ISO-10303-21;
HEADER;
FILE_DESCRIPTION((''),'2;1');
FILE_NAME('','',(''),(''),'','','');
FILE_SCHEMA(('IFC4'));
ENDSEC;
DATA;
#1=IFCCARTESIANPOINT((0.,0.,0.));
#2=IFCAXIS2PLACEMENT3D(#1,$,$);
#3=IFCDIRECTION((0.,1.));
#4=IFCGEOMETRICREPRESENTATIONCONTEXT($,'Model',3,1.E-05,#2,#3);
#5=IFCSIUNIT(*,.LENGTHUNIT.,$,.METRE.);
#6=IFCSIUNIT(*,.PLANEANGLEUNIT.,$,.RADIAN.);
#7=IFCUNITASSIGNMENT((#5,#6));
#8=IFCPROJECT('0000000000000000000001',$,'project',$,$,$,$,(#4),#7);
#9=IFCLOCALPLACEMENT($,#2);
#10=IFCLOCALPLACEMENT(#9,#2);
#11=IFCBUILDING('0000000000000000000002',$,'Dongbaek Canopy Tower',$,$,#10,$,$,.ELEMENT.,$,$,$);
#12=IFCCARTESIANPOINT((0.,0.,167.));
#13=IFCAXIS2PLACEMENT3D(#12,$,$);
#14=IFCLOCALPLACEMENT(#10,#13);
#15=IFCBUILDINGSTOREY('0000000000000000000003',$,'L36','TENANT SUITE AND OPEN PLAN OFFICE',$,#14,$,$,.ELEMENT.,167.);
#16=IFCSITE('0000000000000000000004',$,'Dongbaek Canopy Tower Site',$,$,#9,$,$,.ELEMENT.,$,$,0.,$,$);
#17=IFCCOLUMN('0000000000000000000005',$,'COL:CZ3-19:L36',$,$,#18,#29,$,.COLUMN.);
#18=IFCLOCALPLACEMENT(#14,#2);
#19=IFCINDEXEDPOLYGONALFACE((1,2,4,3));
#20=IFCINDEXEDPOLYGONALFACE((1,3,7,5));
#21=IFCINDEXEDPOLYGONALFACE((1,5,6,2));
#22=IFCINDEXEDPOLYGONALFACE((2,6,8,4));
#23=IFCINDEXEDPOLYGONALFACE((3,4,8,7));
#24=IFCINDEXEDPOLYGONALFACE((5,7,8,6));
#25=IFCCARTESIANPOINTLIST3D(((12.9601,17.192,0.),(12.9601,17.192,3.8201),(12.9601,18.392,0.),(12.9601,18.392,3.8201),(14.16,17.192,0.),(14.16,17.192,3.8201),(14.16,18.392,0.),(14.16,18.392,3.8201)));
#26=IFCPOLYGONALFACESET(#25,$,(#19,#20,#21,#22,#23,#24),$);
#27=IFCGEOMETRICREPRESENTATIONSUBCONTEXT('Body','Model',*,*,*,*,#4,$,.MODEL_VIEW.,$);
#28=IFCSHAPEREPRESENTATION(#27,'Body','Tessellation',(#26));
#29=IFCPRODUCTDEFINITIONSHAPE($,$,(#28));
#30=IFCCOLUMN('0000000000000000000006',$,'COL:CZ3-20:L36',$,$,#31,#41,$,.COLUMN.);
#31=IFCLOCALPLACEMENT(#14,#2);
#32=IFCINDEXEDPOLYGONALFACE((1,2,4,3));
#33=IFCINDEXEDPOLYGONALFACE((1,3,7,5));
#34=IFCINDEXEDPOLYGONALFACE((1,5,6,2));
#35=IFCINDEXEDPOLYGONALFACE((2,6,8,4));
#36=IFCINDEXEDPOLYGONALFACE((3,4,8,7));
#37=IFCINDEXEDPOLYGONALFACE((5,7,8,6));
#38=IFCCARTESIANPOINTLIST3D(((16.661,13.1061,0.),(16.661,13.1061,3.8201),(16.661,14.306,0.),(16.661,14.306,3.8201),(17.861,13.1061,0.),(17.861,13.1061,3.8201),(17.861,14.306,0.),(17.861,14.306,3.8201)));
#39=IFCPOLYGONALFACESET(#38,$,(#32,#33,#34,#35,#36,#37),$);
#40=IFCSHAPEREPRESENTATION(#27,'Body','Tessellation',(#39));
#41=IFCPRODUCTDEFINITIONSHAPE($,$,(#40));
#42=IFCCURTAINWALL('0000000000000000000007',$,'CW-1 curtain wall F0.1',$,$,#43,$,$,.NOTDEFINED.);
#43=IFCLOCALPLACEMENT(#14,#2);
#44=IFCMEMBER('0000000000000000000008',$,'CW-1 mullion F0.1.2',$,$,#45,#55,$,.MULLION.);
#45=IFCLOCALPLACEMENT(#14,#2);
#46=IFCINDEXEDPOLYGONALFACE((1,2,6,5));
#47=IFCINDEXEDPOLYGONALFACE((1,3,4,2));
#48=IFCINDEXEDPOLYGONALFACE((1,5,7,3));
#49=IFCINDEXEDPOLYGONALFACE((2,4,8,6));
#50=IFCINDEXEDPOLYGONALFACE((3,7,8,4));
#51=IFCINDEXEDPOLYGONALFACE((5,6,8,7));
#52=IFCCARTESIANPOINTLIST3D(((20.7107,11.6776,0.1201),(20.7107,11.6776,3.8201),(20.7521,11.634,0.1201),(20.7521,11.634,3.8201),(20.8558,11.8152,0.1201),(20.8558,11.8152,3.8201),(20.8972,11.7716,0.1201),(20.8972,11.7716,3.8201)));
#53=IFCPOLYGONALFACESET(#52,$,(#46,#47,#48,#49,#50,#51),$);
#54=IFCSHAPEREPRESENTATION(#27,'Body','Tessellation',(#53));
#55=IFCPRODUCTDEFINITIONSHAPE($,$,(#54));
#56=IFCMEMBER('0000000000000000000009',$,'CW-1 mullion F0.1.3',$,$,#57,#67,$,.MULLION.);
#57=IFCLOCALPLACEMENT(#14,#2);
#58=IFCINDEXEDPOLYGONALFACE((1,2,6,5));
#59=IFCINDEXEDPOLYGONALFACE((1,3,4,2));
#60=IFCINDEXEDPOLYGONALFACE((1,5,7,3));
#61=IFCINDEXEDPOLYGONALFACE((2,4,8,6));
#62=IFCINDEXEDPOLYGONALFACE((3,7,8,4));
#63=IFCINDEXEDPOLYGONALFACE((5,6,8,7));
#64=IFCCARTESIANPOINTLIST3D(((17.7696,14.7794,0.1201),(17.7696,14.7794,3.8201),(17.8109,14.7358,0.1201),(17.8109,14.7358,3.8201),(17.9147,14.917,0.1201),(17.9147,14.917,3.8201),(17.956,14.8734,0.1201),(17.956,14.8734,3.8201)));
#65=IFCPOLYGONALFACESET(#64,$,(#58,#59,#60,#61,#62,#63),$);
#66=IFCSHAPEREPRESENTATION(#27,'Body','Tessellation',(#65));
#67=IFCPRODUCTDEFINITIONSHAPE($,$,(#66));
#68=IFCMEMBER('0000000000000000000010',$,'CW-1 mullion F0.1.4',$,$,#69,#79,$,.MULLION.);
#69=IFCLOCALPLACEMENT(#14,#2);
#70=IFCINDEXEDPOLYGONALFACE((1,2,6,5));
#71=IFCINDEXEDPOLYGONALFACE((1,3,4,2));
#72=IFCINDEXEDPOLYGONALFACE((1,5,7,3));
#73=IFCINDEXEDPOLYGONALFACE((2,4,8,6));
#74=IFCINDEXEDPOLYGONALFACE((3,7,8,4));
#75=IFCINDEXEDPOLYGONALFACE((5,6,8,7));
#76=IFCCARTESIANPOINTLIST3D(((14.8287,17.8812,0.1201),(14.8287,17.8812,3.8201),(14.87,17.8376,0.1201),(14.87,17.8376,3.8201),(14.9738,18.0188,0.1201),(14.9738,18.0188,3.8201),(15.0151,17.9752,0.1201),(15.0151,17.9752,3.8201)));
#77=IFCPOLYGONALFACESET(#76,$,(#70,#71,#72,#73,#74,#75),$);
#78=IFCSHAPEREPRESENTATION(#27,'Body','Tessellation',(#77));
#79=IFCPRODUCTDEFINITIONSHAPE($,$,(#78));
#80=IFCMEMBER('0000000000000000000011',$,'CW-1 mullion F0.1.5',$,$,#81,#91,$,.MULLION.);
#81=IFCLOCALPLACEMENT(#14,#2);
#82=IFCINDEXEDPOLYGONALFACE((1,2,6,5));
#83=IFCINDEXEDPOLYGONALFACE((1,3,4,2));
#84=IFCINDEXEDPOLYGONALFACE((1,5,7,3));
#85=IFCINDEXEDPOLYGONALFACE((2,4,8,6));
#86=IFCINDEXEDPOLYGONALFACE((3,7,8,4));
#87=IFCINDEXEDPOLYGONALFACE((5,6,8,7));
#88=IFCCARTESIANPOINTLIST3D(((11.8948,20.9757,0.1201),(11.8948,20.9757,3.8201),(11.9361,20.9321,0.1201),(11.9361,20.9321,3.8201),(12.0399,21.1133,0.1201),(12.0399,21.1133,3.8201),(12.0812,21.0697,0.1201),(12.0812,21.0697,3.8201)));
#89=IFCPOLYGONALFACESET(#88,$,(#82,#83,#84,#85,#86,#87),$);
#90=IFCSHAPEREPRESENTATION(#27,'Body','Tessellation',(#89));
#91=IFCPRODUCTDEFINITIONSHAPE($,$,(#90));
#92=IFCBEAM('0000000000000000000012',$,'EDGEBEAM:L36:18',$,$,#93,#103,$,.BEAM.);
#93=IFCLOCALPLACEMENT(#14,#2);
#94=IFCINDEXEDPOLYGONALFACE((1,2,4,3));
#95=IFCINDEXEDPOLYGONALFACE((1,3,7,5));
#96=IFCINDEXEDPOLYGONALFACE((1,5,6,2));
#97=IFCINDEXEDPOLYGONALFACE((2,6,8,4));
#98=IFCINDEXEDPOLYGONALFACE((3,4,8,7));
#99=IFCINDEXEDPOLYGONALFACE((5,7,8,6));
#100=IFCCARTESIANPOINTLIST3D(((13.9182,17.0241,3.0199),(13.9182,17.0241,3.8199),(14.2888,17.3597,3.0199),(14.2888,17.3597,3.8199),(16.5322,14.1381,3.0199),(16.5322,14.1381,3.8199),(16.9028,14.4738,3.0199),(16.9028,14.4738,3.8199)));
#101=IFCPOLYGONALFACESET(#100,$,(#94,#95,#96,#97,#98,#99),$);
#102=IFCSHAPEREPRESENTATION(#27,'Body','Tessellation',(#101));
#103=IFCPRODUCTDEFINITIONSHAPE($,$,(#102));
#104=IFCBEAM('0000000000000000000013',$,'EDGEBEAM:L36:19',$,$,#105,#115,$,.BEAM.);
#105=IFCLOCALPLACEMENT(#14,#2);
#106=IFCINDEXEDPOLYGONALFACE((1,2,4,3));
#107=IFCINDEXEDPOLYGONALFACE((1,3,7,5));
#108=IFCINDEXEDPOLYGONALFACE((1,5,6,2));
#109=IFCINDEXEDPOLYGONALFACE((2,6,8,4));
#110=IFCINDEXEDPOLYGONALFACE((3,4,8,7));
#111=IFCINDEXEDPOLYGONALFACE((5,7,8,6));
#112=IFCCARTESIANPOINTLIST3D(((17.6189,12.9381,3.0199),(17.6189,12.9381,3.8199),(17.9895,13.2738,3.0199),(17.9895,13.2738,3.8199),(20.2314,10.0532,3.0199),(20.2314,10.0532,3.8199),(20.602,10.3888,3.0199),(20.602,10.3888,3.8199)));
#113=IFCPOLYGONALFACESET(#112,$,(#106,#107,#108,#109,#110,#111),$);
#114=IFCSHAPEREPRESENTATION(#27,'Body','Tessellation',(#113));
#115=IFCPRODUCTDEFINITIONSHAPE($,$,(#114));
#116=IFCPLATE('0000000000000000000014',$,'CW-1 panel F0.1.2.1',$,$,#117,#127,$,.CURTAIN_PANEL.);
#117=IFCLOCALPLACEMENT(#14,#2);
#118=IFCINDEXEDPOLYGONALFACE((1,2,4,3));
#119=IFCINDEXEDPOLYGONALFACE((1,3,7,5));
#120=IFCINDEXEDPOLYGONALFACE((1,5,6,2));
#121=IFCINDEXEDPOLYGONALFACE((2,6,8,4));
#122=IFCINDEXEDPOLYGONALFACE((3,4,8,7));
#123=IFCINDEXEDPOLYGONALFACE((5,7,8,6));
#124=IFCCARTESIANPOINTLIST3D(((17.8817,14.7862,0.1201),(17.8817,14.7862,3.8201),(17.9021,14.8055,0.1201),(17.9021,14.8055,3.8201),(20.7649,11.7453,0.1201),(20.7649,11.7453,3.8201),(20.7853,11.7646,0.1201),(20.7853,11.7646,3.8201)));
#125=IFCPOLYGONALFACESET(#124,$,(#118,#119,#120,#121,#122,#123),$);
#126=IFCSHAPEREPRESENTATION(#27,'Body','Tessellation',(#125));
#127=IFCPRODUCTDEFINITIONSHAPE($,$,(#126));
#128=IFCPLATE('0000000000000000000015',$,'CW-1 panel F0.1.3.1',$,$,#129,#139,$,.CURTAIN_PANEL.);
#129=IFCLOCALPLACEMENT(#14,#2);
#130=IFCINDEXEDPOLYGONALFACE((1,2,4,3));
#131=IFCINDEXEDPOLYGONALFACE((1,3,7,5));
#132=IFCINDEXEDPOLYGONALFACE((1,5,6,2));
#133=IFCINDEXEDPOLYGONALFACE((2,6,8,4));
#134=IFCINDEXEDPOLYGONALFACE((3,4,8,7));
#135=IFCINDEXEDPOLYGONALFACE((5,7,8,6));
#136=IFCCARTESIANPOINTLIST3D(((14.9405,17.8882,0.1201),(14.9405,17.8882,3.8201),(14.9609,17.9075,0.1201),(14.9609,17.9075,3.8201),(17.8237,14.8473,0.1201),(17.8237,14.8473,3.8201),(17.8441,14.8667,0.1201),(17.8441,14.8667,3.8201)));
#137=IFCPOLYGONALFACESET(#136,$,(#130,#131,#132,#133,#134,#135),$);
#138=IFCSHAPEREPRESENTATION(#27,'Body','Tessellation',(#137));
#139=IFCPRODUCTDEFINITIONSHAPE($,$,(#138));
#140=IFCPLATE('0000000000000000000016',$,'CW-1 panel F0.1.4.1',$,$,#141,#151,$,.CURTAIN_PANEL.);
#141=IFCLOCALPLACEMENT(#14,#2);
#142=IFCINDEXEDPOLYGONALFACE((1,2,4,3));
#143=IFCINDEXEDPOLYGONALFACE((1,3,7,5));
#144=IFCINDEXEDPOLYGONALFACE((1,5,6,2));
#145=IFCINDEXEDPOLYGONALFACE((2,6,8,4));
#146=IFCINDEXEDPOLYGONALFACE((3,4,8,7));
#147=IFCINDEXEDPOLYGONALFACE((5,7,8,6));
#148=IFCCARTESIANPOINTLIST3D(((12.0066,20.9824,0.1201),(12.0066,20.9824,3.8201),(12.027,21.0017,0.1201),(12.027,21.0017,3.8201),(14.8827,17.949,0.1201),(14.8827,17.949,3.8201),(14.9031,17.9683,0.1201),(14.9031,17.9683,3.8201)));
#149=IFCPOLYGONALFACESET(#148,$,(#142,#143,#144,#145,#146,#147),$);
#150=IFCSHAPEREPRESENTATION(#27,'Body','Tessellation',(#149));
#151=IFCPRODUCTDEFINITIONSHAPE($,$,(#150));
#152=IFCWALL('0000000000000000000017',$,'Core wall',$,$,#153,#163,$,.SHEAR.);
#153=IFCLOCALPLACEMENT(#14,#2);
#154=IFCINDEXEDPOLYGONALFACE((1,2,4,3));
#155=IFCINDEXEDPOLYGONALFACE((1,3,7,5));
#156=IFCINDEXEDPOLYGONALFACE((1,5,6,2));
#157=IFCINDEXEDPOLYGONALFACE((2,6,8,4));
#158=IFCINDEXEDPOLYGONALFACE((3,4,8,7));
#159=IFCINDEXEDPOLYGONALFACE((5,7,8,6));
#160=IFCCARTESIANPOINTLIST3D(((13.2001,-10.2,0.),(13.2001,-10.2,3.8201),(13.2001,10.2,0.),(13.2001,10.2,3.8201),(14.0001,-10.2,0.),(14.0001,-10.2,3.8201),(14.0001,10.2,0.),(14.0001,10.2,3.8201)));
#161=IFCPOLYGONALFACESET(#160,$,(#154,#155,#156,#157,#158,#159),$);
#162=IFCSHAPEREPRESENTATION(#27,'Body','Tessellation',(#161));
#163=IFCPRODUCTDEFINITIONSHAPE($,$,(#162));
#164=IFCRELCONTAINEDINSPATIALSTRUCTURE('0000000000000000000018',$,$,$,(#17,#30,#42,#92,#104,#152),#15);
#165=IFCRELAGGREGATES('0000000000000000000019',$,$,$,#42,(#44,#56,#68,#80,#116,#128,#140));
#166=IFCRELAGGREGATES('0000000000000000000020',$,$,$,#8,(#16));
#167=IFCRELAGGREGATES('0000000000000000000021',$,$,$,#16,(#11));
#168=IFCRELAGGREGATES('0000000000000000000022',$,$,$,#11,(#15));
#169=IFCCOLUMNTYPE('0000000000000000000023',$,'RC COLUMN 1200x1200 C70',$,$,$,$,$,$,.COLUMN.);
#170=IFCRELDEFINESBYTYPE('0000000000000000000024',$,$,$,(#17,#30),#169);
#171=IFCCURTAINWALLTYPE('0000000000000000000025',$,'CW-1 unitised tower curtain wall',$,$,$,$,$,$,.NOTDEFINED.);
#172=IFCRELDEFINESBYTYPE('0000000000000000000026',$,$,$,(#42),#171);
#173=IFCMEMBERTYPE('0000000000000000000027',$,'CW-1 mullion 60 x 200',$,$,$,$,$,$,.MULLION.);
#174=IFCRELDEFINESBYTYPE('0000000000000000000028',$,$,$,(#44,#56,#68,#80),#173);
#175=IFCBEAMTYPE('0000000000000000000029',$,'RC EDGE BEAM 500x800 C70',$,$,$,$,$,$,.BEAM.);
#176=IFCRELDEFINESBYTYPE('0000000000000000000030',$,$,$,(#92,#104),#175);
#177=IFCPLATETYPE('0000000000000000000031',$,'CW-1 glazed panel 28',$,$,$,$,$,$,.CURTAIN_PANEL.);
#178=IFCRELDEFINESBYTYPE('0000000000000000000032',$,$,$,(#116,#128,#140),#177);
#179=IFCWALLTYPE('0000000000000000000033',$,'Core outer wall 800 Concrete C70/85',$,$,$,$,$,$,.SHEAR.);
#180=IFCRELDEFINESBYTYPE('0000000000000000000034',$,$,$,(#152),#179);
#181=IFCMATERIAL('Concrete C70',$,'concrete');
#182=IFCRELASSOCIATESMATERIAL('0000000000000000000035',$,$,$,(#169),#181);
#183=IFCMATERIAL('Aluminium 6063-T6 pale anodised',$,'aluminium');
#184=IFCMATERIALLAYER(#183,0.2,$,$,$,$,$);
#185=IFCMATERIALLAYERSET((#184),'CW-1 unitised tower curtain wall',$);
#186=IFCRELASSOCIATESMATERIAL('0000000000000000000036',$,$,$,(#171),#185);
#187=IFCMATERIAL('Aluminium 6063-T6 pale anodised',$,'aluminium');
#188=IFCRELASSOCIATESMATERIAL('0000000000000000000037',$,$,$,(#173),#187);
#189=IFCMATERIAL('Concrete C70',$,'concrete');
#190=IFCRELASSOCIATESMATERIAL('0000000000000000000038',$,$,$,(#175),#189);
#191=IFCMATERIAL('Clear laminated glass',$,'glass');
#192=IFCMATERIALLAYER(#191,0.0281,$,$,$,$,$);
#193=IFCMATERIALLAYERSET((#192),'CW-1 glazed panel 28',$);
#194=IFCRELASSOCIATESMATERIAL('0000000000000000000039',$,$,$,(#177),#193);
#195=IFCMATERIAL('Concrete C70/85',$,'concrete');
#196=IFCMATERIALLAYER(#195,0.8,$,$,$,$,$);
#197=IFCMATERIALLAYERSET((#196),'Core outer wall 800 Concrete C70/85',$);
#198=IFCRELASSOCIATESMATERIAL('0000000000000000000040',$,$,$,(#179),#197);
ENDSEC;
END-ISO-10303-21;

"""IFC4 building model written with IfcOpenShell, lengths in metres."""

from ifc_helpers import new_model, si_unit, direction, frame, frame_2d, origin, origin_2d, place, context, subcontext, project, spatial, rectangle, extrude, material, layer, layer_set, material_profile, profile_set, type_object, element, aggregate, save


model = new_model("IFC4")

# Units and contexts
model_context = context("Model", 3, precision=1e-05, world=origin(), true_north=direction((0.0, 1.0)))
body_context = subcontext(model_context, "Body", "Model", "MODEL_VIEW")
ifc_project = project(units=[si_unit("LENGTHUNIT", "METRE"), si_unit("PLANEANGLEUNIT", "RADIAN")], contexts=[model_context])

# Site, building, storey
site_placement = place(None, origin())
site = spatial("IfcSite", under=ifc_project, at=site_placement, Name="Dongbaek Canopy Tower Site", CompositionType="ELEMENT", RefElevation=0.0)
building_placement = place(site_placement, origin())
building = spatial("IfcBuilding", under=site, at=building_placement, Name="Dongbaek Canopy Tower", CompositionType="ELEMENT")
storey_placement = place(building_placement, frame((0.0, 0.0, 167.0)))
storey = spatial("IfcBuildingStorey", under=building, at=storey_placement, Name="L36", Description="TENANT SUITE AND OPEN PLAN OFFICE", CompositionType="ELEMENT", Elevation=167.0)

# Columns
ifc_material_1 = material(Name="Concrete C70", Category="concrete")
ifc_material_profile_1 = material_profile(ifc_material_1, rectangle(XDim=1.2, YDim=1.2, at=origin_2d()), Name="RC COLUMN 1200x1200 C70")
ifc_profile_set_1 = profile_set([ifc_material_profile_1], Name="Concrete C70")
column_type = type_object("IfcColumnType", Name="RC COLUMN 1200x1200 C70", PredefinedType="COLUMN", material=ifc_profile_set_1)
for number, where, z_axis, x_axis, name in (
    (1, (13.5601, 17.792, 0.0), (0.0, 0.0, 1.0), (1.0, 0.0, 0.0), "COL:CZ3-19:L36"),
    (2, (17.261, 13.7061, 0.0), (0.0, 0.0, 1.0), (1.0, 0.0, 0.0), "COL:CZ3-20:L36"),
):
    element("IfcColumn", number, at=place(storey_placement, frame(where, z_axis=z_axis, x_axis=x_axis)), inside=storey, type_object=column_type, Name=name, PredefinedType="COLUMN", context=body_context, shape_type="SweptSolid", body=[
        extrude(rectangle(XDim=1.2, YDim=1.2, at=origin_2d()), origin(), (0.0, 0.0, 1.0), 3.8201),
    ])

# Curtain wall, members
ifc_material_2 = material(Name="Aluminium 6063-T6 pale anodised", Category="aluminium")
ifc_layer_1 = layer(ifc_material_2, 0.2)
ifc_layer_set_1 = layer_set([ifc_layer_1], Name="CW-1 unitised tower curtain wall")
curtain_wall_type = type_object("IfcCurtainWallType", Name="CW-1 unitised tower curtain wall", PredefinedType="NOTDEFINED", material=ifc_layer_set_1)
curtain_wall_placement = place(storey_placement, origin())
curtain_wall = element("IfcCurtainWall", 3, at=curtain_wall_placement, inside=storey, type_object=curtain_wall_type, Name="CW-1 curtain wall F0.1", PredefinedType="NOTDEFINED")
ifc_material_3 = material(Name="Aluminium 6063-T6 pale anodised", Category="aluminium")
ifc_material_profile_2 = material_profile(ifc_material_3, rectangle(XDim=0.2, YDim=0.0601, at=origin_2d()), Name="CW-1 mullion 60 x 200")
ifc_profile_set_2 = profile_set([ifc_material_profile_2], Name="Aluminium 6063-T6 pale anodised")
member_type = type_object("IfcMemberType", Name="CW-1 mullion 60 x 200", PredefinedType="MULLION", material=ifc_profile_set_2)
member_1_placement = place(storey_placement, frame((20.804, 11.7246, 0.1201), z_axis=(0.0, 0.0, 1.0), x_axis=(0.72567, 0.688043, 0.0)))
member_1 = element("IfcMember", 4, at=member_1_placement, type_object=member_type, Name="CW-1 mullion F0.1.2", PredefinedType="MULLION", context=body_context, shape_type="SweptSolid", body=[
    extrude(rectangle(XDim=0.2, YDim=0.0601, at=origin_2d()), origin(), (0.0, 0.0, 1.0), 3.7),
])
member_2_placement = place(storey_placement, frame((17.8628, 14.8264, 0.1201), z_axis=(0.0, 0.0, 1.0), x_axis=(0.72567, 0.688043, 0.0)))
member_2 = element("IfcMember", 5, at=member_2_placement, type_object=member_type, Name="CW-1 mullion F0.1.3", PredefinedType="MULLION", context=body_context, shape_type="SweptSolid", body=[
    extrude(rectangle(XDim=0.2, YDim=0.0601, at=origin_2d()), origin(), (0.0, 0.0, 1.0), 3.7),
])
member_3_placement = place(storey_placement, frame((14.9219, 17.9282, 0.1201), z_axis=(0.0, 0.0, 1.0), x_axis=(0.72567, 0.688043, 0.0)))
member_3 = element("IfcMember", 6, at=member_3_placement, type_object=member_type, Name="CW-1 mullion F0.1.4", PredefinedType="MULLION", context=body_context, shape_type="SweptSolid", body=[
    extrude(rectangle(XDim=0.2, YDim=0.0601, at=origin_2d()), origin(), (0.0, 0.0, 1.0), 3.7),
])
member_4_placement = place(storey_placement, frame((11.988, 21.0227, 0.1201), z_axis=(0.0, 0.0, 1.0), x_axis=(0.72567, 0.688043, 0.0)))
member_4 = element("IfcMember", 7, at=member_4_placement, type_object=member_type, Name="CW-1 mullion F0.1.5", PredefinedType="MULLION", context=body_context, shape_type="SweptSolid", body=[
    extrude(rectangle(XDim=0.2, YDim=0.0601, at=origin_2d()), origin(), (0.0, 0.0, 1.0), 3.7),
])

# Beams
ifc_material_4 = material(Name="Concrete C70", Category="concrete")
ifc_material_profile_3 = material_profile(ifc_material_4, rectangle(XDim=0.5, YDim=0.8, at=origin_2d()), Name="RC EDGE BEAM 500x800 C70")
ifc_profile_set_3 = profile_set([ifc_material_profile_3], Name="Concrete C70")
beam_type = type_object("IfcBeamType", Name="RC EDGE BEAM 500x800 C70", PredefinedType="BEAM", material=ifc_profile_set_3)
beam_1_placement = place(storey_placement, frame((14.1035, 17.1919, 3.4199), z_axis=(0.67132, -0.741167, 0.0), x_axis=(0.741167, 0.67132, 0.0)))
element("IfcBeam", 8, at=beam_1_placement, inside=storey, type_object=beam_type, Name="EDGEBEAM:L36:18", PredefinedType="BEAM", context=body_context, shape_type="SweptSolid", body=[
    extrude(rectangle(XDim=0.5, YDim=0.8, at=origin_2d()), origin(), (0.0, 0.0, 1.0), 3.8938),
])
beam_2_placement = place(storey_placement, frame((17.8042, 13.106, 3.4199), z_axis=(0.671238, -0.741241, 0.0), x_axis=(0.741241, 0.671238, 0.0)))
element("IfcBeam", 9, at=beam_2_placement, inside=storey, type_object=beam_type, Name="EDGEBEAM:L36:19", PredefinedType="BEAM", context=body_context, shape_type="SweptSolid", body=[
    extrude(rectangle(XDim=0.5, YDim=0.8, at=origin_2d()), origin(), (0.0, 0.0, 1.0), 3.8921),
])

# Plates
ifc_material_5 = material(Name="Clear laminated glass", Category="glass")
ifc_layer_2 = layer(ifc_material_5, 0.0281)
ifc_layer_set_2 = layer_set([ifc_layer_2], Name="CW-1 glazed panel 28")
plate_type = type_object("IfcPlateType", Name="CW-1 glazed panel 28", PredefinedType="CURTAIN_PANEL", material=ifc_layer_set_2)
plate_1_placement = place(storey_placement, frame((19.3335, 13.2754, 0.1201), z_axis=(0.0, 0.0, 1.0), x_axis=(-0.688043, 0.72567, 0.0)))
plate_1 = element("IfcPlate", 10, at=plate_1_placement, type_object=plate_type, Name="CW-1 panel F0.1.2.1", PredefinedType="CURTAIN_PANEL", context=body_context, shape_type="SweptSolid", body=[
    extrude(rectangle(XDim=4.1904, YDim=0.0281, at=origin_2d()), origin(), (0.0, 0.0, 1.0), 3.7),
])
plate_2_placement = place(storey_placement, frame((16.3923, 16.3774, 0.1201), z_axis=(0.0, 0.0, 1.0), x_axis=(-0.688043, 0.72567, 0.0)))
plate_2 = element("IfcPlate", 11, at=plate_2_placement, type_object=plate_type, Name="CW-1 panel F0.1.3.1", PredefinedType="CURTAIN_PANEL", context=body_context, shape_type="SweptSolid", body=[
    extrude(rectangle(XDim=4.1904, YDim=0.0281, at=origin_2d()), origin(), (0.0, 0.0, 1.0), 3.7),
])
plate_3_placement = place(storey_placement, frame((13.4548, 19.4753, 0.1201), z_axis=(0.0, 0.0, 1.0), x_axis=(-0.688043, 0.72567, 0.0)))
plate_3 = element("IfcPlate", 12, at=plate_3_placement, type_object=plate_type, Name="CW-1 panel F0.1.4.1", PredefinedType="CURTAIN_PANEL", context=body_context, shape_type="SweptSolid", body=[
    extrude(rectangle(XDim=4.1802, YDim=0.0281, at=origin_2d()), origin(), (0.0, 0.0, 1.0), 3.7),
])

# Wall
ifc_material_6 = material(Name="Concrete C70/85", Category="concrete")
ifc_layer_3 = layer(ifc_material_6, 0.8)
ifc_layer_set_3 = layer_set([ifc_layer_3], Name="Core outer wall 800 Concrete C70/85")
wall_type_1 = type_object("IfcWallType", Name="Core outer wall 800 Concrete C70/85", PredefinedType="SHEAR", material=ifc_layer_set_3)
wall_1_placement = place(storey_placement, frame((13.6001, 10.2, 0.0), z_axis=(0.0, 0.0, 1.0), x_axis=(0.0, -1.0, 0.0)))
element("IfcWall", 13, at=wall_1_placement, inside=storey, type_object=wall_type_1, Name="Core wall", PredefinedType="SHEAR", context=body_context, shape_type="SweptSolid", body=[
    extrude(rectangle(XDim=20.3999, YDim=0.8, at=frame_2d((10.2, 0.0))), origin(), (0.0, 0.0, 1.0), 3.8201),
])

aggregate(curtain_wall, [member_1, member_2, member_3, member_4, plate_1, plate_2, plate_3])

save(model, "model.ifc")
